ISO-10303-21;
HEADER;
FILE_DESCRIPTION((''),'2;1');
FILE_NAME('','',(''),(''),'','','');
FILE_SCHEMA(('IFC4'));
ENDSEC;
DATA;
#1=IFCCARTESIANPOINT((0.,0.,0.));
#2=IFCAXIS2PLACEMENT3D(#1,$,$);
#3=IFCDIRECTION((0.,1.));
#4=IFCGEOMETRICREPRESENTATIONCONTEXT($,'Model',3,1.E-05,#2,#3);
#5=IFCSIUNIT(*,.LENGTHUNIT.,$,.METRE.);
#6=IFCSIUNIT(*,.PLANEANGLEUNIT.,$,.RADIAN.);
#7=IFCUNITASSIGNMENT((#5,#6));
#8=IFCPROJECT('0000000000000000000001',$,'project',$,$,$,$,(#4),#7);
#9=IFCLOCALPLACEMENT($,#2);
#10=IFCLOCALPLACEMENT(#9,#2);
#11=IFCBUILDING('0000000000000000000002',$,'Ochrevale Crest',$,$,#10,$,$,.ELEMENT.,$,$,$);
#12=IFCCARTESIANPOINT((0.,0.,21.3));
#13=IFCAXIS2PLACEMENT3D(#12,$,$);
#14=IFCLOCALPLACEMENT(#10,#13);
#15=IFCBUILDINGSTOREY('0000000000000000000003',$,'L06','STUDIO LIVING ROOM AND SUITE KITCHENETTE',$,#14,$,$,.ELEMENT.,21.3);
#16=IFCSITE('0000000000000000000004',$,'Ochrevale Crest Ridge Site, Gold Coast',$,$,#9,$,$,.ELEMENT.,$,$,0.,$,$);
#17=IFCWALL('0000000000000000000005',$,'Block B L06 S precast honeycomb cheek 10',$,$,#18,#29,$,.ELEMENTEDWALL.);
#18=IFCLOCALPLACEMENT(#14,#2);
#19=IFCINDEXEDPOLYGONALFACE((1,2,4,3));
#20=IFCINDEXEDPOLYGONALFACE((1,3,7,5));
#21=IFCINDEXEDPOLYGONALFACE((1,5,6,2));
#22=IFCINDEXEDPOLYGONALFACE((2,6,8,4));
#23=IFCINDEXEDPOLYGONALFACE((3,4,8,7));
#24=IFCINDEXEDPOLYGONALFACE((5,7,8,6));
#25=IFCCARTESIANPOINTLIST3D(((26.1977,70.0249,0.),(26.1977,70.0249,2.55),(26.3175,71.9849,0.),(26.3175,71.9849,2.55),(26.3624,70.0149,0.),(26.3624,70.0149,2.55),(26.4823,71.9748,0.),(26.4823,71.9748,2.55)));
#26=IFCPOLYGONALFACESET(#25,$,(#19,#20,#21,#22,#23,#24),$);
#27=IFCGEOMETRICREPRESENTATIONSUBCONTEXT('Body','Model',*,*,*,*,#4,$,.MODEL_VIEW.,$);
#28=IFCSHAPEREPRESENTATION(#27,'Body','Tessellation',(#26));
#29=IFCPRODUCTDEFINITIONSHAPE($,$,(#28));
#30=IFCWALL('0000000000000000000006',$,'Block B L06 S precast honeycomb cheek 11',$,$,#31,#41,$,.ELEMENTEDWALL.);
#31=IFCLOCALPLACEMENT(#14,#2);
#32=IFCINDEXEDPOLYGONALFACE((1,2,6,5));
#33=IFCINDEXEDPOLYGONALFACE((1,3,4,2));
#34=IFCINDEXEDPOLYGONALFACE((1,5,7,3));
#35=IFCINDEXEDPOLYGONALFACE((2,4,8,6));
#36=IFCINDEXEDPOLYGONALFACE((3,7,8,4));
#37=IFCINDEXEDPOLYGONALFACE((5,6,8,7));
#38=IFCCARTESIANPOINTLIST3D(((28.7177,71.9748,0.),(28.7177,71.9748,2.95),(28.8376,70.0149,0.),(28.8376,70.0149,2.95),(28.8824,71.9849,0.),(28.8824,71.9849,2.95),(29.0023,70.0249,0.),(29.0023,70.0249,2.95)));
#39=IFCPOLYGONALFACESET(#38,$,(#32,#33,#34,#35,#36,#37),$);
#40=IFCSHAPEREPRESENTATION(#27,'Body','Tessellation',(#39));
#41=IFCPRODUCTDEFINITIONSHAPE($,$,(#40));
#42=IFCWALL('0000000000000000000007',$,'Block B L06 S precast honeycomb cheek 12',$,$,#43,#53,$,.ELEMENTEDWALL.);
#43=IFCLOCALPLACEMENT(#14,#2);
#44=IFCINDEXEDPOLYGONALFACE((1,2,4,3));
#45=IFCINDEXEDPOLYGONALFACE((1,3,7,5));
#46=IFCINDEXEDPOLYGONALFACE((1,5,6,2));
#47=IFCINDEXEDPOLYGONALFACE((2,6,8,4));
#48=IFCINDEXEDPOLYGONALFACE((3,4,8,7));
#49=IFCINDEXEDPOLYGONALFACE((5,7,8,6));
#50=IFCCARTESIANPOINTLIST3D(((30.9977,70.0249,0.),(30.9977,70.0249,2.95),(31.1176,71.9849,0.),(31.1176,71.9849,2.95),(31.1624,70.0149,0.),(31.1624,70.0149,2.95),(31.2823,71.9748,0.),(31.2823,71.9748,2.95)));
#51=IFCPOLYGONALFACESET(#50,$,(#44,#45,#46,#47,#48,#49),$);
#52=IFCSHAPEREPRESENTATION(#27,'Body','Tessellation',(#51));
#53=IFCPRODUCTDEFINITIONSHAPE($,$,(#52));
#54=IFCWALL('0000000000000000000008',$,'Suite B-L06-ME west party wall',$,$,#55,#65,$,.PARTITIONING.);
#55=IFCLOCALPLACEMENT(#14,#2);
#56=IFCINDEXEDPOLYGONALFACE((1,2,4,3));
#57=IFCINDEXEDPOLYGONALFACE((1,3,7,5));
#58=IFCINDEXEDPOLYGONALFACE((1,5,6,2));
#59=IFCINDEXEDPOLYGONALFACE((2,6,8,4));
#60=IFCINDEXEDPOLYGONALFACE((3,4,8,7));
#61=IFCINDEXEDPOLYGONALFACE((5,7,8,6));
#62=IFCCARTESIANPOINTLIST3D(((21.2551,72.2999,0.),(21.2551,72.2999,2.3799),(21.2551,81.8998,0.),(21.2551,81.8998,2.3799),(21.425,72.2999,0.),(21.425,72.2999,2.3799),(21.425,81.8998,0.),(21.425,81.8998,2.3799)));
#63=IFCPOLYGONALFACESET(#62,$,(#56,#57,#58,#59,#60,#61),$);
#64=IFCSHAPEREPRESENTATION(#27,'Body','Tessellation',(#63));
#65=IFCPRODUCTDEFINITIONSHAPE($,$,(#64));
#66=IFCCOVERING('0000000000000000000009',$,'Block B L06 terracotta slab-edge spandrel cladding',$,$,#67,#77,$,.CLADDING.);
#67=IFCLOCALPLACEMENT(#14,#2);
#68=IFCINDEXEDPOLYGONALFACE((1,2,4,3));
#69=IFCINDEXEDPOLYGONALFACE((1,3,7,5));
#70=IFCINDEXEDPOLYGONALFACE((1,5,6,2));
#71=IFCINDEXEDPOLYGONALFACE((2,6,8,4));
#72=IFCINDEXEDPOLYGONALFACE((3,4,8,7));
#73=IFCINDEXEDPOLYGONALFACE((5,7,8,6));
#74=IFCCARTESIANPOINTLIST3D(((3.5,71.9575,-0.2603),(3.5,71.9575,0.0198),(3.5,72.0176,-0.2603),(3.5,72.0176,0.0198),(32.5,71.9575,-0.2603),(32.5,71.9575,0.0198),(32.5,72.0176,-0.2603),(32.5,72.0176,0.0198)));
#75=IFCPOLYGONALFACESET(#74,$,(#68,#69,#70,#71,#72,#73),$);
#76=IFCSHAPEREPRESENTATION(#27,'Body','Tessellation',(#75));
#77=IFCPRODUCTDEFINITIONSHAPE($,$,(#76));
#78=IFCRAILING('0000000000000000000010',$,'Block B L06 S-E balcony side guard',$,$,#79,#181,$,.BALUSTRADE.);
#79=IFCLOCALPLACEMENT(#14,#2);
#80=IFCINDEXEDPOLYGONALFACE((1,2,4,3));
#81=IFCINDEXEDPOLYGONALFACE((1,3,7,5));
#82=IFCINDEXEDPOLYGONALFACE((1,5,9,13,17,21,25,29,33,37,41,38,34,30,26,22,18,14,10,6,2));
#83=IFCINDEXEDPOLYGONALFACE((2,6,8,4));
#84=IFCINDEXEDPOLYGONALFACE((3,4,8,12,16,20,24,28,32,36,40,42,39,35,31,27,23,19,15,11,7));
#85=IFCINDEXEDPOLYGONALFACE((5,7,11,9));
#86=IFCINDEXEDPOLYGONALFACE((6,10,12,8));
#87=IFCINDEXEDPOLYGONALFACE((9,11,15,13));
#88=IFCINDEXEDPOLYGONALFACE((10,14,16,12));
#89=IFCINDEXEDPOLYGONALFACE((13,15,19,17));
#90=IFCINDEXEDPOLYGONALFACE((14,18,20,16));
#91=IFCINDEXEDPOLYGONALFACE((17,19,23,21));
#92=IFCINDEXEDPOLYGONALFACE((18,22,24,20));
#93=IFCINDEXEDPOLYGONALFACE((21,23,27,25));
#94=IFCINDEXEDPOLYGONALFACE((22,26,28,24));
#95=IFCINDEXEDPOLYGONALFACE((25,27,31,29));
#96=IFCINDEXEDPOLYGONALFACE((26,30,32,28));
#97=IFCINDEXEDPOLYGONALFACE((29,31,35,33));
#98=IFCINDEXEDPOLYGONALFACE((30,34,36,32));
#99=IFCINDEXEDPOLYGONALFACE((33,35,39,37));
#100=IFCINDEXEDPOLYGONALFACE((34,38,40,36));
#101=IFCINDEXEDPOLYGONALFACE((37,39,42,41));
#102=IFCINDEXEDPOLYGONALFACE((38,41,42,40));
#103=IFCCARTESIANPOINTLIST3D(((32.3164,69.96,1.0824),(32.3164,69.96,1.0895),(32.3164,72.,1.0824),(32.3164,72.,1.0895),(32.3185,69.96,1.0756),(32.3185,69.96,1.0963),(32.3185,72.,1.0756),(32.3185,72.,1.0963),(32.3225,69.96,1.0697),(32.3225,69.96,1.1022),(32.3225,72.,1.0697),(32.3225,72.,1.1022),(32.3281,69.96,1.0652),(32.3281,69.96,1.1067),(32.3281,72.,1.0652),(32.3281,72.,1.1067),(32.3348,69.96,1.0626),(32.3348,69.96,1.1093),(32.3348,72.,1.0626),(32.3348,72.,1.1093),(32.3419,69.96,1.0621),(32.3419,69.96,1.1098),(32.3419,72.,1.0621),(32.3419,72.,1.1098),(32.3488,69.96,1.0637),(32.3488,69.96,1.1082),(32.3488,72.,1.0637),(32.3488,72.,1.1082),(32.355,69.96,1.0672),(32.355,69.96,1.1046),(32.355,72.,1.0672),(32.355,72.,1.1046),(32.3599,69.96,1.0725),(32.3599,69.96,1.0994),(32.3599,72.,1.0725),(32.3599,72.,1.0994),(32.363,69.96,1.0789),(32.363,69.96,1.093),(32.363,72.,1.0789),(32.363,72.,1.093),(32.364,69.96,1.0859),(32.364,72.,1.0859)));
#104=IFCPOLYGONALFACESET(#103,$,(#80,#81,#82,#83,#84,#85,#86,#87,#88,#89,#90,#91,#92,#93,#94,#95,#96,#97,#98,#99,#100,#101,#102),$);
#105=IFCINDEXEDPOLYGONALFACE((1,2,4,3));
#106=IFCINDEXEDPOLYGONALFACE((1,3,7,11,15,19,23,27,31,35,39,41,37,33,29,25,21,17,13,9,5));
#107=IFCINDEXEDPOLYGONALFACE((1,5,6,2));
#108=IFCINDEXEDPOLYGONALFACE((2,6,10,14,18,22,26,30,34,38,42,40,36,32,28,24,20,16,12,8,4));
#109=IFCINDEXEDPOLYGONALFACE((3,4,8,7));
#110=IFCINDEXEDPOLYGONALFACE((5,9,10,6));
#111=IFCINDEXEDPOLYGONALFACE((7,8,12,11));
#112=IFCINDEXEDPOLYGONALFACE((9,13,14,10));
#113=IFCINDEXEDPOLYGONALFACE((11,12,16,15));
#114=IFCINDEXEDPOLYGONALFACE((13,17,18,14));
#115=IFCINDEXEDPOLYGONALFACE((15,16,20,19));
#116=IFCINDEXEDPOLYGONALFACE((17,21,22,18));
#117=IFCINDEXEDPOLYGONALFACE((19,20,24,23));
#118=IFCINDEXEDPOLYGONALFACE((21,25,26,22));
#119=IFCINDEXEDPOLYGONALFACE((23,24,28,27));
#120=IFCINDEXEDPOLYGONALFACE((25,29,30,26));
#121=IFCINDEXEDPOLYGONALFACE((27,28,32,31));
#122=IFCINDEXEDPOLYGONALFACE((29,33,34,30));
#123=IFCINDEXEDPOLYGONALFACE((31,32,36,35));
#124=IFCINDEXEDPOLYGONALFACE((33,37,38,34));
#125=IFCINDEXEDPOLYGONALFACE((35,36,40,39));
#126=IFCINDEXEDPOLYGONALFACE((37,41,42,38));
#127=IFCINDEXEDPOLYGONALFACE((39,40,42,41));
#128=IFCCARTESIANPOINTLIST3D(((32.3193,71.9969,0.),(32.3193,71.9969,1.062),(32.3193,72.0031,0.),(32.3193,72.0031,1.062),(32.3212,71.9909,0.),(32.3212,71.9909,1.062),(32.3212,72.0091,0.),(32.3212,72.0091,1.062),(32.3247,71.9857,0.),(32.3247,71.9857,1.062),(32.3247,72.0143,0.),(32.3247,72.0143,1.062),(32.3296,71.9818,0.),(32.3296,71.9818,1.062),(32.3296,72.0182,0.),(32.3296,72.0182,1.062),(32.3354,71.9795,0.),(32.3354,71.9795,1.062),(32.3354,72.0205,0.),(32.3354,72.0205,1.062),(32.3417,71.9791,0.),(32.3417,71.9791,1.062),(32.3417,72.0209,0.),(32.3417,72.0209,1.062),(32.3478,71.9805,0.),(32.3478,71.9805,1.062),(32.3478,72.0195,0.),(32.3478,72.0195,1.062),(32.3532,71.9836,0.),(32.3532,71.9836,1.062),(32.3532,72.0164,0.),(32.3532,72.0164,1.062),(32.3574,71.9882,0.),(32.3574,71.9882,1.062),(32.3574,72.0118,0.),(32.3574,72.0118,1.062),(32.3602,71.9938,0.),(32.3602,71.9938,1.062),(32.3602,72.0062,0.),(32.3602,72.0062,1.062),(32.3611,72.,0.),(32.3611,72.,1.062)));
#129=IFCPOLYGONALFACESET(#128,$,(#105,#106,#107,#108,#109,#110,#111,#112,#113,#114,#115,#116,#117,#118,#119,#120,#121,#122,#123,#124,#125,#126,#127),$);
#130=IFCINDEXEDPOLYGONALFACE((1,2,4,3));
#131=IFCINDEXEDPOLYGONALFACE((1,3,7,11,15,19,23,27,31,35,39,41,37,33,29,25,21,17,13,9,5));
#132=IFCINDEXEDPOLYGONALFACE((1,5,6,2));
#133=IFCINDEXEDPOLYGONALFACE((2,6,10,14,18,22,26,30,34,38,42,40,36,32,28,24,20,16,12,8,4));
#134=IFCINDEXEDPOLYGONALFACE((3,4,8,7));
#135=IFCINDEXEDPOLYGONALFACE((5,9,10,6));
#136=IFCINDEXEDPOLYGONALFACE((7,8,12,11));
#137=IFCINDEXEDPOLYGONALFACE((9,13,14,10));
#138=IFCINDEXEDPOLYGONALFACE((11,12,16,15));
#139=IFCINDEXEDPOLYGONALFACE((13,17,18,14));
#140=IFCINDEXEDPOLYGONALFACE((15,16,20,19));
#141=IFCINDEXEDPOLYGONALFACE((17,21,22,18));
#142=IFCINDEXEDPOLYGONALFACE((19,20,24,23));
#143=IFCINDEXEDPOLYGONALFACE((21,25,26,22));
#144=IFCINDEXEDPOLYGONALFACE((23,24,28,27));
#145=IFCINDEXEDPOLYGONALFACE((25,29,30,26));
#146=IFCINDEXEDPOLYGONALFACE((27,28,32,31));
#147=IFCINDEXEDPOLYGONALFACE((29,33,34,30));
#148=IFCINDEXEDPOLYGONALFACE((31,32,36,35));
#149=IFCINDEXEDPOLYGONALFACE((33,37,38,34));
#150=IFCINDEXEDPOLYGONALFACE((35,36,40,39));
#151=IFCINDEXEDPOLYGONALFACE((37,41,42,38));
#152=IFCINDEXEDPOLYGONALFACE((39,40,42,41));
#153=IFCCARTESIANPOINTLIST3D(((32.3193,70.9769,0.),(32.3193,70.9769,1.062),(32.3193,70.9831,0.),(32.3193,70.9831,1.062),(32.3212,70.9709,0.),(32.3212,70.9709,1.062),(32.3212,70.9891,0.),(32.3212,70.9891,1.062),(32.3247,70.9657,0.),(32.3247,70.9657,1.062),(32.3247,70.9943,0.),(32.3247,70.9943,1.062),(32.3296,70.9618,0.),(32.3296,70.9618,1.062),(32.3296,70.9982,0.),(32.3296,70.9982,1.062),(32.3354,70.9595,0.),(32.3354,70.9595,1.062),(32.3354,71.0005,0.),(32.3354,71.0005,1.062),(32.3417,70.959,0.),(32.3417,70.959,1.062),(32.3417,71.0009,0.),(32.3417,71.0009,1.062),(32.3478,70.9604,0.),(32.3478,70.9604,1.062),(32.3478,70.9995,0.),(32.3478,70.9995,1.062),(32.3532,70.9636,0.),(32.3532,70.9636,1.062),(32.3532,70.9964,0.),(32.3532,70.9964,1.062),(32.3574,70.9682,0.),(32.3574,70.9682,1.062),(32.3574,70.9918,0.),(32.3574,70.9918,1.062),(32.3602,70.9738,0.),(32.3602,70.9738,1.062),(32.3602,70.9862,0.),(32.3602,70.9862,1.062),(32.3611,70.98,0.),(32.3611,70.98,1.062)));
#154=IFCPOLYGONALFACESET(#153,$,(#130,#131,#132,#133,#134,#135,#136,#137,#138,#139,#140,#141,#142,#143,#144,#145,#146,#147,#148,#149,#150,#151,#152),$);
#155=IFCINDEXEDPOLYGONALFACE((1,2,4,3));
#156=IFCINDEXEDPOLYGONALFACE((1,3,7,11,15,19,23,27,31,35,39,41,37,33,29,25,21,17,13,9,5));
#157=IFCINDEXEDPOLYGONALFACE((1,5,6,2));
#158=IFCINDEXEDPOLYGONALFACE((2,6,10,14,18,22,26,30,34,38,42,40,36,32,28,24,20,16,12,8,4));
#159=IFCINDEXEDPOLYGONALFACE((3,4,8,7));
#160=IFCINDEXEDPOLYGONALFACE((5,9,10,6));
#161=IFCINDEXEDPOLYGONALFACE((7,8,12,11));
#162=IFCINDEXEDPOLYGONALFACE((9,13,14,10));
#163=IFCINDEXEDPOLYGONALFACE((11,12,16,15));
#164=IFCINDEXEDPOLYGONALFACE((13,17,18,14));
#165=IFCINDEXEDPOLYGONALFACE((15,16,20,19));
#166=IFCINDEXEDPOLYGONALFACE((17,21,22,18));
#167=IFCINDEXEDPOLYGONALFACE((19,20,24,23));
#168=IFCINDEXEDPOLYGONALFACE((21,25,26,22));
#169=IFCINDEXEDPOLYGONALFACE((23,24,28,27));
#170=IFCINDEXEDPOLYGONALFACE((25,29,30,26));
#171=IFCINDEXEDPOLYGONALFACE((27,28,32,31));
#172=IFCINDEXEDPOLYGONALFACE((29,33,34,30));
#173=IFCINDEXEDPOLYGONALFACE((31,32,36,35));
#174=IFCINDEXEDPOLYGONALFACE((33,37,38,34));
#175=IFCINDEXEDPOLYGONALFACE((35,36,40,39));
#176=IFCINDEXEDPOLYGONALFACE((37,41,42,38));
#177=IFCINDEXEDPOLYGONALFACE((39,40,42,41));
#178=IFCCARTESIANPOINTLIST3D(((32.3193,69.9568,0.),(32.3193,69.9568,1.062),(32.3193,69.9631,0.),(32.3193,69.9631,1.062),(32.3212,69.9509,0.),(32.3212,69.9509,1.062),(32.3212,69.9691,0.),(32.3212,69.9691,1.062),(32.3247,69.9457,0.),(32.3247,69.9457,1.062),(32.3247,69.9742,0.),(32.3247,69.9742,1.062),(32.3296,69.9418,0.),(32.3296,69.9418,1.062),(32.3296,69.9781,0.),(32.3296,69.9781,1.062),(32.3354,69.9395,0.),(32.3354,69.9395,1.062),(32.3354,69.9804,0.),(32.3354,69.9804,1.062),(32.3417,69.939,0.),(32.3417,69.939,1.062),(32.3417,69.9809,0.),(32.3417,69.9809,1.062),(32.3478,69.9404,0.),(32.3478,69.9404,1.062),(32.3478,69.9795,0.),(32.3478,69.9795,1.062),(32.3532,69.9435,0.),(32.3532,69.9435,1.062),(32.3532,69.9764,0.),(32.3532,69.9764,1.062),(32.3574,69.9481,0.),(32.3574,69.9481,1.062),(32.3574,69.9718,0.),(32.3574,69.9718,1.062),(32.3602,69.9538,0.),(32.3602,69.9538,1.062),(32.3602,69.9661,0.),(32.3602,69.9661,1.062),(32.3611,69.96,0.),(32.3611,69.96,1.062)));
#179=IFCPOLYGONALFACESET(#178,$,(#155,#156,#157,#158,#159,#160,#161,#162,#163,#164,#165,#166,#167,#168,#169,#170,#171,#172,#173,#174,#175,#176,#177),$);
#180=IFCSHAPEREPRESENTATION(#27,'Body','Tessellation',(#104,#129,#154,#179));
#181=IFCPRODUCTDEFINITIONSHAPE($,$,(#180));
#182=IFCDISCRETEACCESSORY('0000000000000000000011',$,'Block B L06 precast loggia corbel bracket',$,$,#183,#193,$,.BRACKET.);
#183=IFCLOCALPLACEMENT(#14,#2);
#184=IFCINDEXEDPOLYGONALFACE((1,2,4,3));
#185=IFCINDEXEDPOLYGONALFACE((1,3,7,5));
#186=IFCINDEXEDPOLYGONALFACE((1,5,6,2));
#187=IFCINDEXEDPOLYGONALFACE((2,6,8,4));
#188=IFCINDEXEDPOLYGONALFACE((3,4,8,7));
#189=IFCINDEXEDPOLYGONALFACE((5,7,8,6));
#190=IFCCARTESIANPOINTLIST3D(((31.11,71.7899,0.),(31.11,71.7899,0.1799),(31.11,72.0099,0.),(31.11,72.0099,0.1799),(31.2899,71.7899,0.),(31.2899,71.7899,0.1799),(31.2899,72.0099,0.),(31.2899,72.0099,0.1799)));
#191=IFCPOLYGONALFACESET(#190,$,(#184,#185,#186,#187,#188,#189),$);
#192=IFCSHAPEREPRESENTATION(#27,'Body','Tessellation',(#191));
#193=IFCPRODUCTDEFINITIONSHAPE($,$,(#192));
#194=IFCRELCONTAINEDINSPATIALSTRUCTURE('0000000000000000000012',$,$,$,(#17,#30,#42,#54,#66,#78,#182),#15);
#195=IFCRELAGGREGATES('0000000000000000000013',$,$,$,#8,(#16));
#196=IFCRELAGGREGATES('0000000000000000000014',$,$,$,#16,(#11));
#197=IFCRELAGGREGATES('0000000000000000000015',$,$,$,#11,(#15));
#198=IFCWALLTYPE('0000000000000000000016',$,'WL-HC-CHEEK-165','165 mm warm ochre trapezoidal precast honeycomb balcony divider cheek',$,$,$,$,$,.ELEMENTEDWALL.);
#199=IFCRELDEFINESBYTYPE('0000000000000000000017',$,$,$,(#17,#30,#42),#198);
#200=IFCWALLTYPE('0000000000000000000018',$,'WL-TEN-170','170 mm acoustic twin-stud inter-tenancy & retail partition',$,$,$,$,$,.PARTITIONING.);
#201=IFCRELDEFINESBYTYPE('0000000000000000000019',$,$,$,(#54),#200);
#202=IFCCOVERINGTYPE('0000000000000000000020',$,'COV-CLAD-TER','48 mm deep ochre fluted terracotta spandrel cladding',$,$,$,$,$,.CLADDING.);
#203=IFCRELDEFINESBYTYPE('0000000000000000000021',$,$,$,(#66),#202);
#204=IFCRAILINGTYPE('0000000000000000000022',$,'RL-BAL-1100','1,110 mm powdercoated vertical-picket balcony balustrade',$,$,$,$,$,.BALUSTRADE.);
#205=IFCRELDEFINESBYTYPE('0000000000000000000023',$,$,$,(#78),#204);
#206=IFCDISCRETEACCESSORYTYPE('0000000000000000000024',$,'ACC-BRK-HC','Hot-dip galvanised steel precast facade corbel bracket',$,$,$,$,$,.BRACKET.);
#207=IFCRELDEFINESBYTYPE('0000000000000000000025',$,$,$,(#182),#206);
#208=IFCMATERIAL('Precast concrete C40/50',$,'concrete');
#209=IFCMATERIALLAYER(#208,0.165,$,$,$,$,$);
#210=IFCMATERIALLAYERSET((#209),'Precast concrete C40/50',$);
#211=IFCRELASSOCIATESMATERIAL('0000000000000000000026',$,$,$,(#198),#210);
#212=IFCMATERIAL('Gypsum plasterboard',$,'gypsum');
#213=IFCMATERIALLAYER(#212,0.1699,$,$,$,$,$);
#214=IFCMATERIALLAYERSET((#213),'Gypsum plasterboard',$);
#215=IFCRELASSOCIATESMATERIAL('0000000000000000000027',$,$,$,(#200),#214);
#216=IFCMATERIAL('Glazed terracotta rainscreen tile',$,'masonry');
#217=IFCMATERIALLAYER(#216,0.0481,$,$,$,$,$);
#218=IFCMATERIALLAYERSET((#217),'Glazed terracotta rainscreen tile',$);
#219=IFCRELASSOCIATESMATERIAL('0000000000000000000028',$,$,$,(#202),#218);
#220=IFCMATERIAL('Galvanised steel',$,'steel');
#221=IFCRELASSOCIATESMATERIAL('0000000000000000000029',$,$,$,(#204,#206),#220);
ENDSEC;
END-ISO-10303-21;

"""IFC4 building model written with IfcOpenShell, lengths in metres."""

from ifc_helpers import new_model, si_unit, direction, frame, frame_2d, origin, origin_2d, place, context, subcontext, project, spatial, rectangle, circle, extrude, material, layer, layer_set, type_object, element, save


model = new_model("IFC4")

# Units and contexts
model_context = context("Model", 3, precision=1e-05, world=origin(), true_north=direction((0.0, 1.0)))
body_context = subcontext(model_context, "Body", "Model", "MODEL_VIEW")
ifc_project = project(units=[si_unit("LENGTHUNIT", "METRE"), si_unit("PLANEANGLEUNIT", "RADIAN")], contexts=[model_context])

# Site, building, storey
site_placement = place(None, origin())
site = spatial("IfcSite", under=ifc_project, at=site_placement, Name="Ochrevale Crest Ridge Site, Gold Coast", CompositionType="ELEMENT", RefElevation=0.0)
building_placement = place(site_placement, origin())
building = spatial("IfcBuilding", under=site, at=building_placement, Name="Ochrevale Crest", CompositionType="ELEMENT")
storey_placement = place(building_placement, frame((0.0, 0.0, 21.3)))
storey = spatial("IfcBuildingStorey", under=building, at=storey_placement, Name="L06", Description="STUDIO LIVING ROOM AND SUITE KITCHENETTE", CompositionType="ELEMENT", Elevation=21.3)

# Shared definitions
ifc_material_1 = material(Name="Precast concrete C40/50", Category="concrete")

# Walls
ifc_layer_1 = layer(ifc_material_1, 0.165)
ifc_layer_set_1 = layer_set([ifc_layer_1], Name="Precast concrete C40/50")
wall_type_1 = type_object("IfcWallType", Name="WL-HC-CHEEK-165", Description="165 mm warm ochre trapezoidal precast honeycomb balcony divider cheek", PredefinedType="ELEMENTEDWALL", material=ifc_layer_set_1)
for number, where, z_axis, x_axis, name in (
    (1, (26.3999, 71.98, 0.0), (0.0, 0.0, 1.0), (-0.061047, -0.998135, 0.0), "Block B L06 S precast honeycomb cheek 10"),
):
    element("IfcWall", number, at=place(storey_placement, frame(where, z_axis=z_axis, x_axis=x_axis)), inside=storey, type_object=wall_type_1, Name=name, PredefinedType="ELEMENTEDWALL", context=body_context, shape_type="SweptSolid", body=[
        extrude(rectangle(XDim=1.9636, YDim=0.165, at=frame_2d((0.9819, 0.0))), origin(), (0.0, 0.0, 1.0), 2.55),
    ])
for number, where, z_axis, x_axis, name in (
    (2, (28.8, 71.98, 0.0), (0.0, 0.0, 1.0), (0.061047, -0.998135, 0.0), "Block B L06 S precast honeycomb cheek 11"),
    (3, (31.2, 71.98, 0.0), (0.0, 0.0, 1.0), (-0.061047, -0.998135, 0.0), "Block B L06 S precast honeycomb cheek 12"),
):
    element("IfcWall", number, at=place(storey_placement, frame(where, z_axis=z_axis, x_axis=x_axis)), inside=storey, type_object=wall_type_1, Name=name, PredefinedType="ELEMENTEDWALL", context=body_context, shape_type="SweptSolid", body=[
        extrude(rectangle(XDim=1.9636, YDim=0.165, at=frame_2d((0.9819, 0.0))), origin(), (0.0, 0.0, 1.0), 2.95),
    ])
ifc_material_2 = material(Name="Gypsum plasterboard", Category="gypsum")
ifc_layer_2 = layer(ifc_material_2, 0.1699)
ifc_layer_set_2 = layer_set([ifc_layer_2], Name="Gypsum plasterboard")
wall_type_2 = type_object("IfcWallType", Name="WL-TEN-170", Description="170 mm acoustic twin-stud inter-tenancy & retail partition", PredefinedType="PARTITIONING", material=ifc_layer_set_2)
wall_placement = place(storey_placement, frame((21.3401, 72.3, 0.0), z_axis=(0.0, 0.0, 1.0), x_axis=(0.0, 1.0, 0.0)))
element("IfcWall", 4, at=wall_placement, inside=storey, type_object=wall_type_2, Name="Suite B-L06-ME west party wall", PredefinedType="PARTITIONING", context=body_context, shape_type="SweptSolid", body=[
    extrude(rectangle(XDim=9.5999, YDim=0.1699, at=frame_2d((4.7998, 0.0))), origin(), (0.0, 0.0, 1.0), 2.3799),
])

# Covering
ifc_material_3 = material(Name="Glazed terracotta rainscreen tile", Category="masonry")
ifc_layer_3 = layer(ifc_material_3, 0.0481)
ifc_layer_set_3 = layer_set([ifc_layer_3], Name="Glazed terracotta rainscreen tile")
covering_type = type_object("IfcCoveringType", Name="COV-CLAD-TER", Description="48 mm deep ochre fluted terracotta spandrel cladding", PredefinedType="CLADDING", material=ifc_layer_set_3)
covering_placement = place(storey_placement, frame((18.0, 71.9875, -0.2603), z_axis=(0.0, 0.0, 1.0), x_axis=(1.0, 0.0, 0.0)))
element("IfcCovering", 5, at=covering_placement, inside=storey, type_object=covering_type, Name="Block B L06 terracotta slab-edge spandrel cladding", PredefinedType="CLADDING", context=body_context, shape_type="SweptSolid", body=[
    extrude(rectangle(XDim=29.0, YDim=0.0601, at=origin_2d()), origin(), (0.0, 0.0, 1.0), 0.28),
])

# Railing
ifc_material_4 = material(Name="Galvanised steel", Category="steel")
railing_type = type_object("IfcRailingType", Name="RL-BAL-1100", Description="1,110 mm powdercoated vertical-picket balcony balustrade", PredefinedType="BALUSTRADE", material=ifc_material_4)
railing_placement = place(storey_placement, frame((32.3401, 72.0, 0.0)))
element("IfcRailing", 6, at=railing_placement, inside=storey, type_object=railing_type, Name="Block B L06 S-E balcony side guard", PredefinedType="BALUSTRADE", context=body_context, shape_type="SweptSolid", body=[
    extrude(circle(Radius=0.0239, at=origin_2d()), frame((0.0, 0.0, 1.0859), z_axis=(0.0, -1.0, 0.0), x_axis=(1.0, 0.0, 0.0)), (0.0, 0.0, 1.0), 2.04),
    extrude(circle(Radius=0.021, at=origin_2d()), origin(), (0.0, 0.0, 1.0), 1.062),
    extrude(circle(Radius=0.021, at=origin_2d()), frame((0.0, -1.02, 0.0)), (0.0, 0.0, 1.0), 1.062),
    extrude(circle(Radius=0.021, at=origin_2d()), frame((0.0, -2.04, 0.0)), (0.0, 0.0, 1.0), 1.062),
])

# Discrete accessory
discrete_accessory_type = type_object("IfcDiscreteAccessoryType", Name="ACC-BRK-HC", Description="Hot-dip galvanised steel precast facade corbel bracket", PredefinedType="BRACKET", material=ifc_material_4)
discrete_accessory_placement = place(storey_placement, frame((31.2, 71.8999, 0.0), z_axis=(0.0, 0.0, 1.0), x_axis=(1.0, 0.0, 0.0)))
element("IfcDiscreteAccessory", 7, at=discrete_accessory_placement, inside=storey, type_object=discrete_accessory_type, Name="Block B L06 precast loggia corbel bracket", PredefinedType="BRACKET", context=body_context, shape_type="SweptSolid", body=[
    extrude(rectangle(XDim=0.1799, YDim=0.22, at=origin_2d()), origin(), (0.0, 0.0, 1.0), 0.1799),
])

save(model, "model.ifc")
